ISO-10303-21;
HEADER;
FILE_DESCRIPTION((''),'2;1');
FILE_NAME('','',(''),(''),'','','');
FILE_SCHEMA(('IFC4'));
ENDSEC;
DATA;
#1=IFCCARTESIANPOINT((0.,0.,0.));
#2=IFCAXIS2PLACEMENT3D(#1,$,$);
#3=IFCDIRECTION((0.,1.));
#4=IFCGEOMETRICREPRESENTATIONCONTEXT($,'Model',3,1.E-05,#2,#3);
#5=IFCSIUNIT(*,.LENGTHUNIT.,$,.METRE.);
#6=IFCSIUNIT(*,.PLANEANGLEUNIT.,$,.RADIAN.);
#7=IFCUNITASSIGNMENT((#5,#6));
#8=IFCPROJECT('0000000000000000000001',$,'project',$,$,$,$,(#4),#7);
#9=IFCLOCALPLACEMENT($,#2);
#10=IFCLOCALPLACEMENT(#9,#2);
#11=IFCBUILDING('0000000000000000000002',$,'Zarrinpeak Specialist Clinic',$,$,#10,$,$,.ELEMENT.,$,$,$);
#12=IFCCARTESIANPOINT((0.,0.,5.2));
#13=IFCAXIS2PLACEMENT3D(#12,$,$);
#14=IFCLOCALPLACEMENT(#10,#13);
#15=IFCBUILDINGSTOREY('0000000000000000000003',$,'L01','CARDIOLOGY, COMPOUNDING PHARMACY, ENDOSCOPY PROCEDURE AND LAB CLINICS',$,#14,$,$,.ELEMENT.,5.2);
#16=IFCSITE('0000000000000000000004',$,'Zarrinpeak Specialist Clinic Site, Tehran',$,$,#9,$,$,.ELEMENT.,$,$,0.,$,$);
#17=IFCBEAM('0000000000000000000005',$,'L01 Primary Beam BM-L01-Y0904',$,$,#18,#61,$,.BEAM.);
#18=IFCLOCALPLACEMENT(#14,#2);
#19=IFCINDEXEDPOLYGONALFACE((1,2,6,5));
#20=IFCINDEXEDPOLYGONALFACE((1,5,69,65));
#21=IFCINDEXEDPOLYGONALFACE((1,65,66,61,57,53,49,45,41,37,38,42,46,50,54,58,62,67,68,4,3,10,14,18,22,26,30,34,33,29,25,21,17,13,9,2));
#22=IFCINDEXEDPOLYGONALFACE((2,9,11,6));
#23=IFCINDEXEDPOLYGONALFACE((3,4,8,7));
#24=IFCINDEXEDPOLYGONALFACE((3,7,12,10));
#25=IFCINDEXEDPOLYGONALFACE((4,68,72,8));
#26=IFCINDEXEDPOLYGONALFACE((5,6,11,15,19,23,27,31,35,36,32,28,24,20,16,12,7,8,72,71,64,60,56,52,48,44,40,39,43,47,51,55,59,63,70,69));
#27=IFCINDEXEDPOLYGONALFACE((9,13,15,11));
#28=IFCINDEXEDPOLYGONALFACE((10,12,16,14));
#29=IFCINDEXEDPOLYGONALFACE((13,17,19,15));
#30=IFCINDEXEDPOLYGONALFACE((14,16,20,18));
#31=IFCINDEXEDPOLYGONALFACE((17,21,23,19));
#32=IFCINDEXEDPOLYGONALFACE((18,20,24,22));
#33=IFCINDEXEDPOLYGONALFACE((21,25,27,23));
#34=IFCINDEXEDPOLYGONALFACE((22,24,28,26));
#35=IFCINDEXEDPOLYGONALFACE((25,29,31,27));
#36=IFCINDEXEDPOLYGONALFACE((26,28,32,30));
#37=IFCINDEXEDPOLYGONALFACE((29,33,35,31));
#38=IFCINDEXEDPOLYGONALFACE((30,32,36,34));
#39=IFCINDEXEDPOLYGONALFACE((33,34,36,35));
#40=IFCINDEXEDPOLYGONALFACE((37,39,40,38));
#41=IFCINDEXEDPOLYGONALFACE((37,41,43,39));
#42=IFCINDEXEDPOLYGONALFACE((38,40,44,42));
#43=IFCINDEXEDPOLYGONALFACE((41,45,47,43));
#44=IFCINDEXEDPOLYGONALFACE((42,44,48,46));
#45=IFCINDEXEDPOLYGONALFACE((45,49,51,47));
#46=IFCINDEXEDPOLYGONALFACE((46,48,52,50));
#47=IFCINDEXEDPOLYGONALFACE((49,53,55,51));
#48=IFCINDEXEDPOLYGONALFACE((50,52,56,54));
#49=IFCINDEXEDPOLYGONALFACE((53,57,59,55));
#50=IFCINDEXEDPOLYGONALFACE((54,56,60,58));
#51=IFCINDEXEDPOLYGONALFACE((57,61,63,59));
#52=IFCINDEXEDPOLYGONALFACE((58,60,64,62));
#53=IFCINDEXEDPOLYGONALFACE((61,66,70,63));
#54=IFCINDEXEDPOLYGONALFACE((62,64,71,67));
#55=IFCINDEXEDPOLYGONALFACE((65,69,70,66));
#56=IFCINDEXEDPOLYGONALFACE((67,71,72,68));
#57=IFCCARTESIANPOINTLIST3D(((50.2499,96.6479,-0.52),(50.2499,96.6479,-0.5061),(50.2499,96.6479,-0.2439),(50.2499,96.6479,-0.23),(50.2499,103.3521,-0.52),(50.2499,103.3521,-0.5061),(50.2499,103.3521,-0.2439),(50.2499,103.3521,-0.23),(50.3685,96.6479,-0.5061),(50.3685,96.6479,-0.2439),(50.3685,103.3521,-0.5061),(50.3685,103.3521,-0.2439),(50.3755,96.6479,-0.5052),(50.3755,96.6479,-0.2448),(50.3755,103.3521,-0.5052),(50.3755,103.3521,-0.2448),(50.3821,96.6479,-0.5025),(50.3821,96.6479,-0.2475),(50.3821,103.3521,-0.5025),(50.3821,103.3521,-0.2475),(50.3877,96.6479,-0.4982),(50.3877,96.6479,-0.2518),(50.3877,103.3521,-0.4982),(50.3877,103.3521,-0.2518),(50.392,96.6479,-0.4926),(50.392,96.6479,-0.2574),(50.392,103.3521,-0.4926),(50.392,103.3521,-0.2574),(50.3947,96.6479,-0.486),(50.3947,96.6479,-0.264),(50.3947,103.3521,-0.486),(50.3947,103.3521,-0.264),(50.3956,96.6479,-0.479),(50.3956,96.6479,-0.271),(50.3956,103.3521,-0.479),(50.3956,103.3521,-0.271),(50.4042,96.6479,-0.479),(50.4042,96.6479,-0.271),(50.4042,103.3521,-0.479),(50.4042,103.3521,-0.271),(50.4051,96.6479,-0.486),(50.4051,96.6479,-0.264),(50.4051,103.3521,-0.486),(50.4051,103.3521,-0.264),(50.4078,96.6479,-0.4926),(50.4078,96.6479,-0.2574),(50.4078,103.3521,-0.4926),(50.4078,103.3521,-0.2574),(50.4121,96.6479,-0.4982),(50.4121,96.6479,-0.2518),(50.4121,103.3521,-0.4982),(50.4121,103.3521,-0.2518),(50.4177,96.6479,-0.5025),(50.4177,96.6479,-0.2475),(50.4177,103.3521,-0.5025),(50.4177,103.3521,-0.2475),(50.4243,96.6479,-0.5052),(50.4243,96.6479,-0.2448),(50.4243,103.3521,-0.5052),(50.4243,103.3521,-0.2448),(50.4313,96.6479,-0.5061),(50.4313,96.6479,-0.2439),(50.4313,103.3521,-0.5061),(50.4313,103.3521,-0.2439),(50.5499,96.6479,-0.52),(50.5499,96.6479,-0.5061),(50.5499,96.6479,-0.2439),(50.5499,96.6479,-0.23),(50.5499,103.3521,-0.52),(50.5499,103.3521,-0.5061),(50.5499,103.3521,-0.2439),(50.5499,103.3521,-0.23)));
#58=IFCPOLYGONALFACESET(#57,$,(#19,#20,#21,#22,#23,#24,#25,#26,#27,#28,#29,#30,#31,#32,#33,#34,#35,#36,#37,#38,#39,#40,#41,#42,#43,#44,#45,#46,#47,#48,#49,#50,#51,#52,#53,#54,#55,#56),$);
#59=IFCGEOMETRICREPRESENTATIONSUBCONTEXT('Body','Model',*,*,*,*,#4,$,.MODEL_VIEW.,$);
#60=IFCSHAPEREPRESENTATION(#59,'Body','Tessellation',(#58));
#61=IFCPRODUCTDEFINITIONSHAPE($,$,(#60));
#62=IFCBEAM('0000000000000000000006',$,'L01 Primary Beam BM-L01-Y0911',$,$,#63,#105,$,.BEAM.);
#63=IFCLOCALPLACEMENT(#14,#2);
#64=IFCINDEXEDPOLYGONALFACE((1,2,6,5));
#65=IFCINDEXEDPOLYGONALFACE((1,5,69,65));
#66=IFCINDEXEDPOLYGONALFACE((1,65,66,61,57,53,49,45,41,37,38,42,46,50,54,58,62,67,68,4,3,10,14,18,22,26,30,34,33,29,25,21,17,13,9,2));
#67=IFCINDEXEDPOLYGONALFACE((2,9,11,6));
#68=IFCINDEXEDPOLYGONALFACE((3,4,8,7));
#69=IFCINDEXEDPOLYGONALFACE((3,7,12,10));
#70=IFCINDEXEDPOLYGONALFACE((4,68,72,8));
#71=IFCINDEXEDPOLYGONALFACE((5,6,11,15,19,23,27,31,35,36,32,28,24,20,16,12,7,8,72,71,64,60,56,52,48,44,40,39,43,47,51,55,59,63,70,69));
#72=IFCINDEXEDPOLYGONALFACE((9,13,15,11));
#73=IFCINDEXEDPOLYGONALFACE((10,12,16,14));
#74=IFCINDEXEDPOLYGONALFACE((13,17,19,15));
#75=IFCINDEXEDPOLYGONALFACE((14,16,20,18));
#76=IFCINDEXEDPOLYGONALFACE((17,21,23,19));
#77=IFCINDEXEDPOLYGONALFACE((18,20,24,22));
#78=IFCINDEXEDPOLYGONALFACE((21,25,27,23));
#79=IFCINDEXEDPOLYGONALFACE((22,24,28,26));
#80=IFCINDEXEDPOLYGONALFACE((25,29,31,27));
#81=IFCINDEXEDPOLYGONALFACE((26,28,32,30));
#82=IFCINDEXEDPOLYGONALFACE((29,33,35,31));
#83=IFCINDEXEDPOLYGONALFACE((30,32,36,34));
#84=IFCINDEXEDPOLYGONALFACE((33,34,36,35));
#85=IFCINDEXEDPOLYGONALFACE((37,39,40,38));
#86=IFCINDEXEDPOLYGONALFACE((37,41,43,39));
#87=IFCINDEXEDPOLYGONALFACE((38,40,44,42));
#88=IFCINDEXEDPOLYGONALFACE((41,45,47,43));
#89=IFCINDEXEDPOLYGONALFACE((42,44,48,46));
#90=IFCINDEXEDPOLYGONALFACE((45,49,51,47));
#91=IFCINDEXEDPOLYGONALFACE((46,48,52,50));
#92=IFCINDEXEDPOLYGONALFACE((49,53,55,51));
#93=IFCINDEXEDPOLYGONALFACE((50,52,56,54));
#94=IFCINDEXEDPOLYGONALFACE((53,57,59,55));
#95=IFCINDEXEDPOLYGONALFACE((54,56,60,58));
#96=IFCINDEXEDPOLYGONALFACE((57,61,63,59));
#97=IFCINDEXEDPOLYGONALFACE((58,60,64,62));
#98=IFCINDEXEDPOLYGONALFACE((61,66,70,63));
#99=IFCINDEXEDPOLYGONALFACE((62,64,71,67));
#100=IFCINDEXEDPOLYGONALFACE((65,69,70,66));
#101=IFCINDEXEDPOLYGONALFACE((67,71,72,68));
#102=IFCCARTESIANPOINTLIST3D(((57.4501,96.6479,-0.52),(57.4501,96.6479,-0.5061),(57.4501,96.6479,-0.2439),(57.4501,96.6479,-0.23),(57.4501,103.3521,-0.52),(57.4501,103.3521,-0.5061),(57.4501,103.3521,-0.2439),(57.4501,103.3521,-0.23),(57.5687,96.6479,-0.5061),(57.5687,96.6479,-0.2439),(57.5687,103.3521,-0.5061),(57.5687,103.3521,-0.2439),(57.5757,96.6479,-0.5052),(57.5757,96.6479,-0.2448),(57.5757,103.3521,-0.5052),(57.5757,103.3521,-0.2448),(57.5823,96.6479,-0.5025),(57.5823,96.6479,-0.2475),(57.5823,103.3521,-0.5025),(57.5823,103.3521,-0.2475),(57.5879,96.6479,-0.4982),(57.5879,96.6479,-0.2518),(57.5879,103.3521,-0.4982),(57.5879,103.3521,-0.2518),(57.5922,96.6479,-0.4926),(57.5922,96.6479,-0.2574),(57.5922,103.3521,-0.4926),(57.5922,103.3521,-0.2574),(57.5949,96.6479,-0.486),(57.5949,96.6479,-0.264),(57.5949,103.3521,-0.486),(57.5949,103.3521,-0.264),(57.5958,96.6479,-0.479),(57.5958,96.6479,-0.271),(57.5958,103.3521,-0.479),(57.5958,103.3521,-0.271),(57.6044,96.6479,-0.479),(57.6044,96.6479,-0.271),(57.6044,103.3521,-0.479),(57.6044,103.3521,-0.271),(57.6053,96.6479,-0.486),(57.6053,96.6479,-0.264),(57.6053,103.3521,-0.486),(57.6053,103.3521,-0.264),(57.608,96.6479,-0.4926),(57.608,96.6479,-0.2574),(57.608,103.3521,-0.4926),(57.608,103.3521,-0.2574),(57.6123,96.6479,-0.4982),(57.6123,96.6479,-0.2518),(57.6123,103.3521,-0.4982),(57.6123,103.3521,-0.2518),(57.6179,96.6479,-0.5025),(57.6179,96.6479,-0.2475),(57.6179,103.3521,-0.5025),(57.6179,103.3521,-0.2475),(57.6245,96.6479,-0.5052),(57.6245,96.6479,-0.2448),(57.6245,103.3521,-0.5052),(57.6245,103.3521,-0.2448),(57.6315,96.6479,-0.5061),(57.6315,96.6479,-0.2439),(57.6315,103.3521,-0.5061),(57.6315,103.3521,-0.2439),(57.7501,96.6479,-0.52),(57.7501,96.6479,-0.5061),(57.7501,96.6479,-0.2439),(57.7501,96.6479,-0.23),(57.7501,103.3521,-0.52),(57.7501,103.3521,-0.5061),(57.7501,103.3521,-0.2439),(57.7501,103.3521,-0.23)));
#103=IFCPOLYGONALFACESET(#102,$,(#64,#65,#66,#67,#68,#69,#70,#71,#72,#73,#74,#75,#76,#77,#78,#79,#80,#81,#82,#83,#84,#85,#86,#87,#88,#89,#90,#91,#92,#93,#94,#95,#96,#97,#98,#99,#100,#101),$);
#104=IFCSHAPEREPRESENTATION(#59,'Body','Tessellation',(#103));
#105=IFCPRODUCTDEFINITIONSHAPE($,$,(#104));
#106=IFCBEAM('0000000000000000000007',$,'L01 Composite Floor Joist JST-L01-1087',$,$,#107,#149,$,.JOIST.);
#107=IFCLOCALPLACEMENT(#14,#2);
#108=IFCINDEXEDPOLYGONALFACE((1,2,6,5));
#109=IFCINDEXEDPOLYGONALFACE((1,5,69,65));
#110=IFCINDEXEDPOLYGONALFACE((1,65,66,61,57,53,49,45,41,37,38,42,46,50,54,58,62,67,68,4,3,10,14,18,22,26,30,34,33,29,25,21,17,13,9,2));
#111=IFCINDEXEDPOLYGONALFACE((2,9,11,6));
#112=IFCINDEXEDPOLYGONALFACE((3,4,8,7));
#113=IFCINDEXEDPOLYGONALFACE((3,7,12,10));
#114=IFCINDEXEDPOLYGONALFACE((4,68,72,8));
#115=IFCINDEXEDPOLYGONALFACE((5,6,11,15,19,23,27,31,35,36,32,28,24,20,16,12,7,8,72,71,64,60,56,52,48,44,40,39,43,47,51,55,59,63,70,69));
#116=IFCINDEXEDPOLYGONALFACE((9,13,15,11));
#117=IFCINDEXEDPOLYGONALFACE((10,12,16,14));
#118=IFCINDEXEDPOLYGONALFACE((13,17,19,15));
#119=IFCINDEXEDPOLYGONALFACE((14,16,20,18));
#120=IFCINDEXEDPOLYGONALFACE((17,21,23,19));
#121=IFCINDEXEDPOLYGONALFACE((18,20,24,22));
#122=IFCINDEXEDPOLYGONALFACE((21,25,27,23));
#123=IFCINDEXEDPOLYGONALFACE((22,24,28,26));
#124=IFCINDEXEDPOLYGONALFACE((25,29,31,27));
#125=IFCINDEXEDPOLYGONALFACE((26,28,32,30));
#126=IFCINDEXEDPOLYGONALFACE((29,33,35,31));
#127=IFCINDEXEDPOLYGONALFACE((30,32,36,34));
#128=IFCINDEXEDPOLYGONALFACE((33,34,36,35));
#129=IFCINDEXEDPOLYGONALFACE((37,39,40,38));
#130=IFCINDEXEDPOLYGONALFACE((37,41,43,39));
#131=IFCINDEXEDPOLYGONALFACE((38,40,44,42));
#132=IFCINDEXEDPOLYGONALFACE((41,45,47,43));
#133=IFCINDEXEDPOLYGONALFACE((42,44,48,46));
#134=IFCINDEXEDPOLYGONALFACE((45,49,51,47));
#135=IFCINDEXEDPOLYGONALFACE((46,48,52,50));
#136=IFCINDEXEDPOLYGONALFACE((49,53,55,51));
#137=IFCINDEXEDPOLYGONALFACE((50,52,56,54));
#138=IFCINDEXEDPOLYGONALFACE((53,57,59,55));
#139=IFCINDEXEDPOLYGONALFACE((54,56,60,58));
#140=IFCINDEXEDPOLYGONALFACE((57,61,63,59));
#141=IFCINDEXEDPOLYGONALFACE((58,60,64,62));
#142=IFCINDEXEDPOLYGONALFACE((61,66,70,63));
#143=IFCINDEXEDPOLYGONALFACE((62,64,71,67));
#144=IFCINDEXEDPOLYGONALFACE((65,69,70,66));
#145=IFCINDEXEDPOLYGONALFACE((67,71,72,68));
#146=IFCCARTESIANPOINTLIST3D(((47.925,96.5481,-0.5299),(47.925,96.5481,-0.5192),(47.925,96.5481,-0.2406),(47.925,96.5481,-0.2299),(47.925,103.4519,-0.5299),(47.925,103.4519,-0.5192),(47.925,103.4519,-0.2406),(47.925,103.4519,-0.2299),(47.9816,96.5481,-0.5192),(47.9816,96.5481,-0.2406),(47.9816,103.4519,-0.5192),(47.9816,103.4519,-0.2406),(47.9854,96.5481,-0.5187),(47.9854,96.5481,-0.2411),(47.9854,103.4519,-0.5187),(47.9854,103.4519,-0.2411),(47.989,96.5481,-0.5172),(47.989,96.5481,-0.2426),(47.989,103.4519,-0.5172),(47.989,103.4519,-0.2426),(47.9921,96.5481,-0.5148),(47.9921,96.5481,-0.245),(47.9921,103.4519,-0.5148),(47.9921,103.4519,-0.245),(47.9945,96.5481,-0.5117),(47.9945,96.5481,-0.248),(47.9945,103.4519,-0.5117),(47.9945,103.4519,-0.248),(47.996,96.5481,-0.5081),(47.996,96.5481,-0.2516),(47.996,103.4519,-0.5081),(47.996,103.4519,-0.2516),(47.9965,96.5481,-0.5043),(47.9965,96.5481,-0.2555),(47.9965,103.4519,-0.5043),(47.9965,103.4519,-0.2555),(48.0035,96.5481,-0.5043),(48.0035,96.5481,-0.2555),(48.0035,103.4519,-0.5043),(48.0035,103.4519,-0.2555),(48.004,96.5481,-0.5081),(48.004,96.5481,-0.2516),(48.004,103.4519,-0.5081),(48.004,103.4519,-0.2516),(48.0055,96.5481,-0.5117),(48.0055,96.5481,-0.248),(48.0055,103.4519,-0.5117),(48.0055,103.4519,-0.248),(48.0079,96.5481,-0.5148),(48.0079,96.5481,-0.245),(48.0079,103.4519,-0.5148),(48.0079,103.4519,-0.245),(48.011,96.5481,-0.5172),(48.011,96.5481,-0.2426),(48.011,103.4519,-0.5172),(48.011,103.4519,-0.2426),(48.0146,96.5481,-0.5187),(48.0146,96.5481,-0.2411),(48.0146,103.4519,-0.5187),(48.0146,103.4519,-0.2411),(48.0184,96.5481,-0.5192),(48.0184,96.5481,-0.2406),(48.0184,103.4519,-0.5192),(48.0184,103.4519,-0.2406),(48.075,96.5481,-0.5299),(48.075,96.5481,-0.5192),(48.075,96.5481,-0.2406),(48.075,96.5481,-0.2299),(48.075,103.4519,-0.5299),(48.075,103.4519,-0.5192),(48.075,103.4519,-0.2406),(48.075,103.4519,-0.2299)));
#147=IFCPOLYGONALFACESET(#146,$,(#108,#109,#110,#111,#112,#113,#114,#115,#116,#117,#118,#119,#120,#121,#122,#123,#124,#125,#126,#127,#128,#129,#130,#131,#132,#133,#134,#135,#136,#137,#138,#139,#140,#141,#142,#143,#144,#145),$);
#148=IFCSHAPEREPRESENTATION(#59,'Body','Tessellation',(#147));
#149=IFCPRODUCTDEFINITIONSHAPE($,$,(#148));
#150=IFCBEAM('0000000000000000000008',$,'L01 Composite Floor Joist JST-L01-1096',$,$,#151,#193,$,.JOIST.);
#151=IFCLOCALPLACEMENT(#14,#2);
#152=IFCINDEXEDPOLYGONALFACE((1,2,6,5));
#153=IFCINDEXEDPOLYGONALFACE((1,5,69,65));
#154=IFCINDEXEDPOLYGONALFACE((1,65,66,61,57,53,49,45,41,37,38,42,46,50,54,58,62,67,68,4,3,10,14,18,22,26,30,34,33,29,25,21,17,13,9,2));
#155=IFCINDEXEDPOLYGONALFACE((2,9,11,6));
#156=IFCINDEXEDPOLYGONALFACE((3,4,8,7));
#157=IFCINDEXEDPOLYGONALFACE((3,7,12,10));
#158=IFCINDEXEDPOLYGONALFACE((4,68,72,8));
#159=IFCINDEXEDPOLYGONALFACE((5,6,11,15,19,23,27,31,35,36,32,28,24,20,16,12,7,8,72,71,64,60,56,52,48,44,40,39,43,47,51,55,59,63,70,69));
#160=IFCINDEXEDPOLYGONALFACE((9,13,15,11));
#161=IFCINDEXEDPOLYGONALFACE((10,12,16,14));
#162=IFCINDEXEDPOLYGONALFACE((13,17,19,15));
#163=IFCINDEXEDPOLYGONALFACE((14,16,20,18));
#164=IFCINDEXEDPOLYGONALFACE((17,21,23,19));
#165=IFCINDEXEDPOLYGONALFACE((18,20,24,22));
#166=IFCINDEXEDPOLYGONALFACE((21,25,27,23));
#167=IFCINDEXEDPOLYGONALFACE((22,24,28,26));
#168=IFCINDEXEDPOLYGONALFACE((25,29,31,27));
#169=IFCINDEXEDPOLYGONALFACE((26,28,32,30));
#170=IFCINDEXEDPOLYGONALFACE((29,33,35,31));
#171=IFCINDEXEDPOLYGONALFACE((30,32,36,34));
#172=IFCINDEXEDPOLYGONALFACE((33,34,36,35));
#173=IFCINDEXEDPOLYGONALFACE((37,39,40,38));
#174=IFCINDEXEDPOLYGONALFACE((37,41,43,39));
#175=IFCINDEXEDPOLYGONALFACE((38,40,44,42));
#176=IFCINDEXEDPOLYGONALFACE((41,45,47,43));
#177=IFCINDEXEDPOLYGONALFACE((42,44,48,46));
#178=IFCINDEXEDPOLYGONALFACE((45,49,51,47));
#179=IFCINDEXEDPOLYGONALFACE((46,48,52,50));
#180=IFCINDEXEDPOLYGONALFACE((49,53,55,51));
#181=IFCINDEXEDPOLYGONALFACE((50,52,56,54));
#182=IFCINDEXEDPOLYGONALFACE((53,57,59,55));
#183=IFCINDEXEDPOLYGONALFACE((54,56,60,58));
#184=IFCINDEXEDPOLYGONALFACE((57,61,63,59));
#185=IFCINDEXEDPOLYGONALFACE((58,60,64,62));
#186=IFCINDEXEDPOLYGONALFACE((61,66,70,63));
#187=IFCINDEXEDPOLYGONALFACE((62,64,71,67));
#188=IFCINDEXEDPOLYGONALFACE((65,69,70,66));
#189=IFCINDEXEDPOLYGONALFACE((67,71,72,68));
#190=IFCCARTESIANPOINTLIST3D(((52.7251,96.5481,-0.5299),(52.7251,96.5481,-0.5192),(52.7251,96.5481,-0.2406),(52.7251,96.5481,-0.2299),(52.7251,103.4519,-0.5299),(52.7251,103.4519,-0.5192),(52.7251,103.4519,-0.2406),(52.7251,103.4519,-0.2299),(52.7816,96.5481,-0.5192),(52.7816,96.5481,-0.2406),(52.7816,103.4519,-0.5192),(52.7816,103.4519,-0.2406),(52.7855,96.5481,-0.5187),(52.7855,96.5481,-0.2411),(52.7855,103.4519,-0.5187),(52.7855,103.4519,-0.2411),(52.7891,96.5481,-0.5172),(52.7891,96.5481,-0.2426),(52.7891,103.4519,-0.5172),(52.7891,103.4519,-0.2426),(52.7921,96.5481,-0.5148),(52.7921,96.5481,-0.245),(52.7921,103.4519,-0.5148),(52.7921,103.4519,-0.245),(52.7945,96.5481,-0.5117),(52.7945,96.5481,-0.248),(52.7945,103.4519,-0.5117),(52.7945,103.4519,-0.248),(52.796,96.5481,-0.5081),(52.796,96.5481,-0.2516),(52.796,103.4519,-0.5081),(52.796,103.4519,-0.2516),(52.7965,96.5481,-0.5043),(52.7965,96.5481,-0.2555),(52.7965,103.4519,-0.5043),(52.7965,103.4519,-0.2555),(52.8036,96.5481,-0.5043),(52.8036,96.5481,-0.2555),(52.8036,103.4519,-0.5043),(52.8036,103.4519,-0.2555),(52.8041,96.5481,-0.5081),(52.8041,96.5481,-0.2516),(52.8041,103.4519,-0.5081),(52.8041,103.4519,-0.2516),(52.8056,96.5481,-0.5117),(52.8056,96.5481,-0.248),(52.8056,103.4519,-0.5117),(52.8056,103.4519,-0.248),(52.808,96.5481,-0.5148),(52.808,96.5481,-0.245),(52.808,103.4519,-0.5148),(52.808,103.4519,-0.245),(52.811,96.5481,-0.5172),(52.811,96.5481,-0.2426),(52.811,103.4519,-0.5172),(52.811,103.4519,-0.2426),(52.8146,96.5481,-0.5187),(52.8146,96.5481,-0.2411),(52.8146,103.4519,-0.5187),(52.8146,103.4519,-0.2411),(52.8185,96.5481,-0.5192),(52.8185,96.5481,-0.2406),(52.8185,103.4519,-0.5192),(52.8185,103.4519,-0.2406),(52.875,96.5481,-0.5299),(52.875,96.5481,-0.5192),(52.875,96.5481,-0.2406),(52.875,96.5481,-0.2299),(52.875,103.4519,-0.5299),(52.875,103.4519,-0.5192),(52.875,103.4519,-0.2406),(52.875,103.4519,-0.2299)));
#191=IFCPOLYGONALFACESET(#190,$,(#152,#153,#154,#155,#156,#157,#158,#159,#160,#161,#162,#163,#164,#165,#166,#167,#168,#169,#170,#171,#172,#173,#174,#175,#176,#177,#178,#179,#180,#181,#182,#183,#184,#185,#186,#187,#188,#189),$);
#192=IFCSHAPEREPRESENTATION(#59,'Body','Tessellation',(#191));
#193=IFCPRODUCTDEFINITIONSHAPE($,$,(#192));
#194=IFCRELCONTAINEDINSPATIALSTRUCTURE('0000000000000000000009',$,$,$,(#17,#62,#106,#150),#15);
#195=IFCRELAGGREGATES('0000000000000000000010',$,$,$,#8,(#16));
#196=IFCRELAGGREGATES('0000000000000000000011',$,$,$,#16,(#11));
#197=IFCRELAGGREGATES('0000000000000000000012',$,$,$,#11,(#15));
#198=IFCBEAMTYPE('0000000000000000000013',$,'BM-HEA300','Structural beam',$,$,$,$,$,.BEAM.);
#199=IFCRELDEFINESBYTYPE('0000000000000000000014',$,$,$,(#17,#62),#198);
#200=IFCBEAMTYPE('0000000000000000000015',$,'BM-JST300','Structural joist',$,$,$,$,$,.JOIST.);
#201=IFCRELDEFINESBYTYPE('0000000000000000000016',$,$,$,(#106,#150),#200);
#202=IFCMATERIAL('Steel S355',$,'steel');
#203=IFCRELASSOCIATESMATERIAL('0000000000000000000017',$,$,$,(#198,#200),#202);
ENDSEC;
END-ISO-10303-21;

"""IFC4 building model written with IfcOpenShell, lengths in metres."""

from ifc_helpers import new_model, si_unit, direction, frame, origin, origin_2d, place, context, subcontext, project, spatial, i_section, extrude, material, material_profile, profile_set, type_object, element, save


model = new_model("IFC4")

# Units and contexts
model_context = context("Model", 3, precision=1e-05, world=origin(), true_north=direction((0.0, 1.0)))
body_context = subcontext(model_context, "Body", "Model", "MODEL_VIEW")
ifc_project = project(units=[si_unit("LENGTHUNIT", "METRE"), si_unit("PLANEANGLEUNIT", "RADIAN")], contexts=[model_context])

# Site, building, storey
site_placement = place(None, origin())
site = spatial("IfcSite", under=ifc_project, at=site_placement, Name="Zarrinpeak Specialist Clinic Site, Tehran", CompositionType="ELEMENT", RefElevation=0.0)
building_placement = place(site_placement, origin())
building = spatial("IfcBuilding", under=site, at=building_placement, Name="Zarrinpeak Specialist Clinic", CompositionType="ELEMENT")
storey_placement = place(building_placement, frame((0.0, 0.0, 5.2)))
storey = spatial("IfcBuildingStorey", under=building, at=storey_placement, Name="L01", Description="CARDIOLOGY, COMPOUNDING PHARMACY, ENDOSCOPY PROCEDURE AND LAB CLINICS", CompositionType="ELEMENT", Elevation=5.2)

# Shared definitions
ifc_material_1 = material(Name="Steel S355", Category="steel")

# Beams
ifc_material_profile_1 = material_profile(ifc_material_1, i_section(OverallWidth=0.3, OverallDepth=0.29, WebThickness=0.0085, FlangeThickness=0.0139, FilletRadius=0.0271, at=origin_2d()), Name="HEA 300")
ifc_profile_set_1 = profile_set([ifc_material_profile_1], Name="Steel S355")
beam_type_1 = type_object("IfcBeamType", Name="BM-HEA300", Description="Structural beam", PredefinedType="BEAM", material=ifc_profile_set_1)
for number, where, z_axis, x_axis, name in (
    (1, (50.3999, 96.6479, -0.375), (0.0, 1.0, 0.0), (-1.0, 0.0, 0.0), "L01 Primary Beam BM-L01-Y0904"),
    (2, (57.6001, 96.6479, -0.375), (0.0, 1.0, 0.0), (-1.0, 0.0, 0.0), "L01 Primary Beam BM-L01-Y0911"),
):
    element("IfcBeam", number, at=place(storey_placement, frame(where, z_axis=z_axis, x_axis=x_axis)), inside=storey, type_object=beam_type_1, Name=name, PredefinedType="BEAM", context=body_context, shape_type="SweptSolid", body=[
        extrude(i_section(OverallWidth=0.3, OverallDepth=0.29, WebThickness=0.0085, FlangeThickness=0.0139, FilletRadius=0.0271, at=origin_2d()), origin(), (0.0, 0.0, 1.0), 6.7041),
    ])
ifc_material_profile_2 = material_profile(ifc_material_1, i_section(OverallWidth=0.1499, OverallDepth=0.3, WebThickness=0.0071, FlangeThickness=0.0107, FilletRadius=0.0149, at=origin_2d()), Name="IPE 300")
ifc_profile_set_2 = profile_set([ifc_material_profile_2], Name="Steel S355")
beam_type_2 = type_object("IfcBeamType", Name="BM-JST300", Description="Structural joist", PredefinedType="JOIST", material=ifc_profile_set_2)
for number, where, z_axis, x_axis, name in (
    (3, (48.0, 96.5481, -0.3799), (0.0, 1.0, 0.0), (-1.0, 0.0, 0.0), "L01 Composite Floor Joist JST-L01-1087"),
    (4, (52.8, 96.5481, -0.3799), (0.0, 1.0, 0.0), (-1.0, 0.0, 0.0), "L01 Composite Floor Joist JST-L01-1096"),
):
    element("IfcBeam", number, at=place(storey_placement, frame(where, z_axis=z_axis, x_axis=x_axis)), inside=storey, type_object=beam_type_2, Name=name, PredefinedType="JOIST", context=body_context, shape_type="SweptSolid", body=[
        extrude(i_section(OverallWidth=0.1499, OverallDepth=0.3, WebThickness=0.0071, FlangeThickness=0.0107, FilletRadius=0.0149, at=origin_2d()), origin(), (0.0, 0.0, 1.0), 6.9038),
    ])

save(model, "model.ifc")
